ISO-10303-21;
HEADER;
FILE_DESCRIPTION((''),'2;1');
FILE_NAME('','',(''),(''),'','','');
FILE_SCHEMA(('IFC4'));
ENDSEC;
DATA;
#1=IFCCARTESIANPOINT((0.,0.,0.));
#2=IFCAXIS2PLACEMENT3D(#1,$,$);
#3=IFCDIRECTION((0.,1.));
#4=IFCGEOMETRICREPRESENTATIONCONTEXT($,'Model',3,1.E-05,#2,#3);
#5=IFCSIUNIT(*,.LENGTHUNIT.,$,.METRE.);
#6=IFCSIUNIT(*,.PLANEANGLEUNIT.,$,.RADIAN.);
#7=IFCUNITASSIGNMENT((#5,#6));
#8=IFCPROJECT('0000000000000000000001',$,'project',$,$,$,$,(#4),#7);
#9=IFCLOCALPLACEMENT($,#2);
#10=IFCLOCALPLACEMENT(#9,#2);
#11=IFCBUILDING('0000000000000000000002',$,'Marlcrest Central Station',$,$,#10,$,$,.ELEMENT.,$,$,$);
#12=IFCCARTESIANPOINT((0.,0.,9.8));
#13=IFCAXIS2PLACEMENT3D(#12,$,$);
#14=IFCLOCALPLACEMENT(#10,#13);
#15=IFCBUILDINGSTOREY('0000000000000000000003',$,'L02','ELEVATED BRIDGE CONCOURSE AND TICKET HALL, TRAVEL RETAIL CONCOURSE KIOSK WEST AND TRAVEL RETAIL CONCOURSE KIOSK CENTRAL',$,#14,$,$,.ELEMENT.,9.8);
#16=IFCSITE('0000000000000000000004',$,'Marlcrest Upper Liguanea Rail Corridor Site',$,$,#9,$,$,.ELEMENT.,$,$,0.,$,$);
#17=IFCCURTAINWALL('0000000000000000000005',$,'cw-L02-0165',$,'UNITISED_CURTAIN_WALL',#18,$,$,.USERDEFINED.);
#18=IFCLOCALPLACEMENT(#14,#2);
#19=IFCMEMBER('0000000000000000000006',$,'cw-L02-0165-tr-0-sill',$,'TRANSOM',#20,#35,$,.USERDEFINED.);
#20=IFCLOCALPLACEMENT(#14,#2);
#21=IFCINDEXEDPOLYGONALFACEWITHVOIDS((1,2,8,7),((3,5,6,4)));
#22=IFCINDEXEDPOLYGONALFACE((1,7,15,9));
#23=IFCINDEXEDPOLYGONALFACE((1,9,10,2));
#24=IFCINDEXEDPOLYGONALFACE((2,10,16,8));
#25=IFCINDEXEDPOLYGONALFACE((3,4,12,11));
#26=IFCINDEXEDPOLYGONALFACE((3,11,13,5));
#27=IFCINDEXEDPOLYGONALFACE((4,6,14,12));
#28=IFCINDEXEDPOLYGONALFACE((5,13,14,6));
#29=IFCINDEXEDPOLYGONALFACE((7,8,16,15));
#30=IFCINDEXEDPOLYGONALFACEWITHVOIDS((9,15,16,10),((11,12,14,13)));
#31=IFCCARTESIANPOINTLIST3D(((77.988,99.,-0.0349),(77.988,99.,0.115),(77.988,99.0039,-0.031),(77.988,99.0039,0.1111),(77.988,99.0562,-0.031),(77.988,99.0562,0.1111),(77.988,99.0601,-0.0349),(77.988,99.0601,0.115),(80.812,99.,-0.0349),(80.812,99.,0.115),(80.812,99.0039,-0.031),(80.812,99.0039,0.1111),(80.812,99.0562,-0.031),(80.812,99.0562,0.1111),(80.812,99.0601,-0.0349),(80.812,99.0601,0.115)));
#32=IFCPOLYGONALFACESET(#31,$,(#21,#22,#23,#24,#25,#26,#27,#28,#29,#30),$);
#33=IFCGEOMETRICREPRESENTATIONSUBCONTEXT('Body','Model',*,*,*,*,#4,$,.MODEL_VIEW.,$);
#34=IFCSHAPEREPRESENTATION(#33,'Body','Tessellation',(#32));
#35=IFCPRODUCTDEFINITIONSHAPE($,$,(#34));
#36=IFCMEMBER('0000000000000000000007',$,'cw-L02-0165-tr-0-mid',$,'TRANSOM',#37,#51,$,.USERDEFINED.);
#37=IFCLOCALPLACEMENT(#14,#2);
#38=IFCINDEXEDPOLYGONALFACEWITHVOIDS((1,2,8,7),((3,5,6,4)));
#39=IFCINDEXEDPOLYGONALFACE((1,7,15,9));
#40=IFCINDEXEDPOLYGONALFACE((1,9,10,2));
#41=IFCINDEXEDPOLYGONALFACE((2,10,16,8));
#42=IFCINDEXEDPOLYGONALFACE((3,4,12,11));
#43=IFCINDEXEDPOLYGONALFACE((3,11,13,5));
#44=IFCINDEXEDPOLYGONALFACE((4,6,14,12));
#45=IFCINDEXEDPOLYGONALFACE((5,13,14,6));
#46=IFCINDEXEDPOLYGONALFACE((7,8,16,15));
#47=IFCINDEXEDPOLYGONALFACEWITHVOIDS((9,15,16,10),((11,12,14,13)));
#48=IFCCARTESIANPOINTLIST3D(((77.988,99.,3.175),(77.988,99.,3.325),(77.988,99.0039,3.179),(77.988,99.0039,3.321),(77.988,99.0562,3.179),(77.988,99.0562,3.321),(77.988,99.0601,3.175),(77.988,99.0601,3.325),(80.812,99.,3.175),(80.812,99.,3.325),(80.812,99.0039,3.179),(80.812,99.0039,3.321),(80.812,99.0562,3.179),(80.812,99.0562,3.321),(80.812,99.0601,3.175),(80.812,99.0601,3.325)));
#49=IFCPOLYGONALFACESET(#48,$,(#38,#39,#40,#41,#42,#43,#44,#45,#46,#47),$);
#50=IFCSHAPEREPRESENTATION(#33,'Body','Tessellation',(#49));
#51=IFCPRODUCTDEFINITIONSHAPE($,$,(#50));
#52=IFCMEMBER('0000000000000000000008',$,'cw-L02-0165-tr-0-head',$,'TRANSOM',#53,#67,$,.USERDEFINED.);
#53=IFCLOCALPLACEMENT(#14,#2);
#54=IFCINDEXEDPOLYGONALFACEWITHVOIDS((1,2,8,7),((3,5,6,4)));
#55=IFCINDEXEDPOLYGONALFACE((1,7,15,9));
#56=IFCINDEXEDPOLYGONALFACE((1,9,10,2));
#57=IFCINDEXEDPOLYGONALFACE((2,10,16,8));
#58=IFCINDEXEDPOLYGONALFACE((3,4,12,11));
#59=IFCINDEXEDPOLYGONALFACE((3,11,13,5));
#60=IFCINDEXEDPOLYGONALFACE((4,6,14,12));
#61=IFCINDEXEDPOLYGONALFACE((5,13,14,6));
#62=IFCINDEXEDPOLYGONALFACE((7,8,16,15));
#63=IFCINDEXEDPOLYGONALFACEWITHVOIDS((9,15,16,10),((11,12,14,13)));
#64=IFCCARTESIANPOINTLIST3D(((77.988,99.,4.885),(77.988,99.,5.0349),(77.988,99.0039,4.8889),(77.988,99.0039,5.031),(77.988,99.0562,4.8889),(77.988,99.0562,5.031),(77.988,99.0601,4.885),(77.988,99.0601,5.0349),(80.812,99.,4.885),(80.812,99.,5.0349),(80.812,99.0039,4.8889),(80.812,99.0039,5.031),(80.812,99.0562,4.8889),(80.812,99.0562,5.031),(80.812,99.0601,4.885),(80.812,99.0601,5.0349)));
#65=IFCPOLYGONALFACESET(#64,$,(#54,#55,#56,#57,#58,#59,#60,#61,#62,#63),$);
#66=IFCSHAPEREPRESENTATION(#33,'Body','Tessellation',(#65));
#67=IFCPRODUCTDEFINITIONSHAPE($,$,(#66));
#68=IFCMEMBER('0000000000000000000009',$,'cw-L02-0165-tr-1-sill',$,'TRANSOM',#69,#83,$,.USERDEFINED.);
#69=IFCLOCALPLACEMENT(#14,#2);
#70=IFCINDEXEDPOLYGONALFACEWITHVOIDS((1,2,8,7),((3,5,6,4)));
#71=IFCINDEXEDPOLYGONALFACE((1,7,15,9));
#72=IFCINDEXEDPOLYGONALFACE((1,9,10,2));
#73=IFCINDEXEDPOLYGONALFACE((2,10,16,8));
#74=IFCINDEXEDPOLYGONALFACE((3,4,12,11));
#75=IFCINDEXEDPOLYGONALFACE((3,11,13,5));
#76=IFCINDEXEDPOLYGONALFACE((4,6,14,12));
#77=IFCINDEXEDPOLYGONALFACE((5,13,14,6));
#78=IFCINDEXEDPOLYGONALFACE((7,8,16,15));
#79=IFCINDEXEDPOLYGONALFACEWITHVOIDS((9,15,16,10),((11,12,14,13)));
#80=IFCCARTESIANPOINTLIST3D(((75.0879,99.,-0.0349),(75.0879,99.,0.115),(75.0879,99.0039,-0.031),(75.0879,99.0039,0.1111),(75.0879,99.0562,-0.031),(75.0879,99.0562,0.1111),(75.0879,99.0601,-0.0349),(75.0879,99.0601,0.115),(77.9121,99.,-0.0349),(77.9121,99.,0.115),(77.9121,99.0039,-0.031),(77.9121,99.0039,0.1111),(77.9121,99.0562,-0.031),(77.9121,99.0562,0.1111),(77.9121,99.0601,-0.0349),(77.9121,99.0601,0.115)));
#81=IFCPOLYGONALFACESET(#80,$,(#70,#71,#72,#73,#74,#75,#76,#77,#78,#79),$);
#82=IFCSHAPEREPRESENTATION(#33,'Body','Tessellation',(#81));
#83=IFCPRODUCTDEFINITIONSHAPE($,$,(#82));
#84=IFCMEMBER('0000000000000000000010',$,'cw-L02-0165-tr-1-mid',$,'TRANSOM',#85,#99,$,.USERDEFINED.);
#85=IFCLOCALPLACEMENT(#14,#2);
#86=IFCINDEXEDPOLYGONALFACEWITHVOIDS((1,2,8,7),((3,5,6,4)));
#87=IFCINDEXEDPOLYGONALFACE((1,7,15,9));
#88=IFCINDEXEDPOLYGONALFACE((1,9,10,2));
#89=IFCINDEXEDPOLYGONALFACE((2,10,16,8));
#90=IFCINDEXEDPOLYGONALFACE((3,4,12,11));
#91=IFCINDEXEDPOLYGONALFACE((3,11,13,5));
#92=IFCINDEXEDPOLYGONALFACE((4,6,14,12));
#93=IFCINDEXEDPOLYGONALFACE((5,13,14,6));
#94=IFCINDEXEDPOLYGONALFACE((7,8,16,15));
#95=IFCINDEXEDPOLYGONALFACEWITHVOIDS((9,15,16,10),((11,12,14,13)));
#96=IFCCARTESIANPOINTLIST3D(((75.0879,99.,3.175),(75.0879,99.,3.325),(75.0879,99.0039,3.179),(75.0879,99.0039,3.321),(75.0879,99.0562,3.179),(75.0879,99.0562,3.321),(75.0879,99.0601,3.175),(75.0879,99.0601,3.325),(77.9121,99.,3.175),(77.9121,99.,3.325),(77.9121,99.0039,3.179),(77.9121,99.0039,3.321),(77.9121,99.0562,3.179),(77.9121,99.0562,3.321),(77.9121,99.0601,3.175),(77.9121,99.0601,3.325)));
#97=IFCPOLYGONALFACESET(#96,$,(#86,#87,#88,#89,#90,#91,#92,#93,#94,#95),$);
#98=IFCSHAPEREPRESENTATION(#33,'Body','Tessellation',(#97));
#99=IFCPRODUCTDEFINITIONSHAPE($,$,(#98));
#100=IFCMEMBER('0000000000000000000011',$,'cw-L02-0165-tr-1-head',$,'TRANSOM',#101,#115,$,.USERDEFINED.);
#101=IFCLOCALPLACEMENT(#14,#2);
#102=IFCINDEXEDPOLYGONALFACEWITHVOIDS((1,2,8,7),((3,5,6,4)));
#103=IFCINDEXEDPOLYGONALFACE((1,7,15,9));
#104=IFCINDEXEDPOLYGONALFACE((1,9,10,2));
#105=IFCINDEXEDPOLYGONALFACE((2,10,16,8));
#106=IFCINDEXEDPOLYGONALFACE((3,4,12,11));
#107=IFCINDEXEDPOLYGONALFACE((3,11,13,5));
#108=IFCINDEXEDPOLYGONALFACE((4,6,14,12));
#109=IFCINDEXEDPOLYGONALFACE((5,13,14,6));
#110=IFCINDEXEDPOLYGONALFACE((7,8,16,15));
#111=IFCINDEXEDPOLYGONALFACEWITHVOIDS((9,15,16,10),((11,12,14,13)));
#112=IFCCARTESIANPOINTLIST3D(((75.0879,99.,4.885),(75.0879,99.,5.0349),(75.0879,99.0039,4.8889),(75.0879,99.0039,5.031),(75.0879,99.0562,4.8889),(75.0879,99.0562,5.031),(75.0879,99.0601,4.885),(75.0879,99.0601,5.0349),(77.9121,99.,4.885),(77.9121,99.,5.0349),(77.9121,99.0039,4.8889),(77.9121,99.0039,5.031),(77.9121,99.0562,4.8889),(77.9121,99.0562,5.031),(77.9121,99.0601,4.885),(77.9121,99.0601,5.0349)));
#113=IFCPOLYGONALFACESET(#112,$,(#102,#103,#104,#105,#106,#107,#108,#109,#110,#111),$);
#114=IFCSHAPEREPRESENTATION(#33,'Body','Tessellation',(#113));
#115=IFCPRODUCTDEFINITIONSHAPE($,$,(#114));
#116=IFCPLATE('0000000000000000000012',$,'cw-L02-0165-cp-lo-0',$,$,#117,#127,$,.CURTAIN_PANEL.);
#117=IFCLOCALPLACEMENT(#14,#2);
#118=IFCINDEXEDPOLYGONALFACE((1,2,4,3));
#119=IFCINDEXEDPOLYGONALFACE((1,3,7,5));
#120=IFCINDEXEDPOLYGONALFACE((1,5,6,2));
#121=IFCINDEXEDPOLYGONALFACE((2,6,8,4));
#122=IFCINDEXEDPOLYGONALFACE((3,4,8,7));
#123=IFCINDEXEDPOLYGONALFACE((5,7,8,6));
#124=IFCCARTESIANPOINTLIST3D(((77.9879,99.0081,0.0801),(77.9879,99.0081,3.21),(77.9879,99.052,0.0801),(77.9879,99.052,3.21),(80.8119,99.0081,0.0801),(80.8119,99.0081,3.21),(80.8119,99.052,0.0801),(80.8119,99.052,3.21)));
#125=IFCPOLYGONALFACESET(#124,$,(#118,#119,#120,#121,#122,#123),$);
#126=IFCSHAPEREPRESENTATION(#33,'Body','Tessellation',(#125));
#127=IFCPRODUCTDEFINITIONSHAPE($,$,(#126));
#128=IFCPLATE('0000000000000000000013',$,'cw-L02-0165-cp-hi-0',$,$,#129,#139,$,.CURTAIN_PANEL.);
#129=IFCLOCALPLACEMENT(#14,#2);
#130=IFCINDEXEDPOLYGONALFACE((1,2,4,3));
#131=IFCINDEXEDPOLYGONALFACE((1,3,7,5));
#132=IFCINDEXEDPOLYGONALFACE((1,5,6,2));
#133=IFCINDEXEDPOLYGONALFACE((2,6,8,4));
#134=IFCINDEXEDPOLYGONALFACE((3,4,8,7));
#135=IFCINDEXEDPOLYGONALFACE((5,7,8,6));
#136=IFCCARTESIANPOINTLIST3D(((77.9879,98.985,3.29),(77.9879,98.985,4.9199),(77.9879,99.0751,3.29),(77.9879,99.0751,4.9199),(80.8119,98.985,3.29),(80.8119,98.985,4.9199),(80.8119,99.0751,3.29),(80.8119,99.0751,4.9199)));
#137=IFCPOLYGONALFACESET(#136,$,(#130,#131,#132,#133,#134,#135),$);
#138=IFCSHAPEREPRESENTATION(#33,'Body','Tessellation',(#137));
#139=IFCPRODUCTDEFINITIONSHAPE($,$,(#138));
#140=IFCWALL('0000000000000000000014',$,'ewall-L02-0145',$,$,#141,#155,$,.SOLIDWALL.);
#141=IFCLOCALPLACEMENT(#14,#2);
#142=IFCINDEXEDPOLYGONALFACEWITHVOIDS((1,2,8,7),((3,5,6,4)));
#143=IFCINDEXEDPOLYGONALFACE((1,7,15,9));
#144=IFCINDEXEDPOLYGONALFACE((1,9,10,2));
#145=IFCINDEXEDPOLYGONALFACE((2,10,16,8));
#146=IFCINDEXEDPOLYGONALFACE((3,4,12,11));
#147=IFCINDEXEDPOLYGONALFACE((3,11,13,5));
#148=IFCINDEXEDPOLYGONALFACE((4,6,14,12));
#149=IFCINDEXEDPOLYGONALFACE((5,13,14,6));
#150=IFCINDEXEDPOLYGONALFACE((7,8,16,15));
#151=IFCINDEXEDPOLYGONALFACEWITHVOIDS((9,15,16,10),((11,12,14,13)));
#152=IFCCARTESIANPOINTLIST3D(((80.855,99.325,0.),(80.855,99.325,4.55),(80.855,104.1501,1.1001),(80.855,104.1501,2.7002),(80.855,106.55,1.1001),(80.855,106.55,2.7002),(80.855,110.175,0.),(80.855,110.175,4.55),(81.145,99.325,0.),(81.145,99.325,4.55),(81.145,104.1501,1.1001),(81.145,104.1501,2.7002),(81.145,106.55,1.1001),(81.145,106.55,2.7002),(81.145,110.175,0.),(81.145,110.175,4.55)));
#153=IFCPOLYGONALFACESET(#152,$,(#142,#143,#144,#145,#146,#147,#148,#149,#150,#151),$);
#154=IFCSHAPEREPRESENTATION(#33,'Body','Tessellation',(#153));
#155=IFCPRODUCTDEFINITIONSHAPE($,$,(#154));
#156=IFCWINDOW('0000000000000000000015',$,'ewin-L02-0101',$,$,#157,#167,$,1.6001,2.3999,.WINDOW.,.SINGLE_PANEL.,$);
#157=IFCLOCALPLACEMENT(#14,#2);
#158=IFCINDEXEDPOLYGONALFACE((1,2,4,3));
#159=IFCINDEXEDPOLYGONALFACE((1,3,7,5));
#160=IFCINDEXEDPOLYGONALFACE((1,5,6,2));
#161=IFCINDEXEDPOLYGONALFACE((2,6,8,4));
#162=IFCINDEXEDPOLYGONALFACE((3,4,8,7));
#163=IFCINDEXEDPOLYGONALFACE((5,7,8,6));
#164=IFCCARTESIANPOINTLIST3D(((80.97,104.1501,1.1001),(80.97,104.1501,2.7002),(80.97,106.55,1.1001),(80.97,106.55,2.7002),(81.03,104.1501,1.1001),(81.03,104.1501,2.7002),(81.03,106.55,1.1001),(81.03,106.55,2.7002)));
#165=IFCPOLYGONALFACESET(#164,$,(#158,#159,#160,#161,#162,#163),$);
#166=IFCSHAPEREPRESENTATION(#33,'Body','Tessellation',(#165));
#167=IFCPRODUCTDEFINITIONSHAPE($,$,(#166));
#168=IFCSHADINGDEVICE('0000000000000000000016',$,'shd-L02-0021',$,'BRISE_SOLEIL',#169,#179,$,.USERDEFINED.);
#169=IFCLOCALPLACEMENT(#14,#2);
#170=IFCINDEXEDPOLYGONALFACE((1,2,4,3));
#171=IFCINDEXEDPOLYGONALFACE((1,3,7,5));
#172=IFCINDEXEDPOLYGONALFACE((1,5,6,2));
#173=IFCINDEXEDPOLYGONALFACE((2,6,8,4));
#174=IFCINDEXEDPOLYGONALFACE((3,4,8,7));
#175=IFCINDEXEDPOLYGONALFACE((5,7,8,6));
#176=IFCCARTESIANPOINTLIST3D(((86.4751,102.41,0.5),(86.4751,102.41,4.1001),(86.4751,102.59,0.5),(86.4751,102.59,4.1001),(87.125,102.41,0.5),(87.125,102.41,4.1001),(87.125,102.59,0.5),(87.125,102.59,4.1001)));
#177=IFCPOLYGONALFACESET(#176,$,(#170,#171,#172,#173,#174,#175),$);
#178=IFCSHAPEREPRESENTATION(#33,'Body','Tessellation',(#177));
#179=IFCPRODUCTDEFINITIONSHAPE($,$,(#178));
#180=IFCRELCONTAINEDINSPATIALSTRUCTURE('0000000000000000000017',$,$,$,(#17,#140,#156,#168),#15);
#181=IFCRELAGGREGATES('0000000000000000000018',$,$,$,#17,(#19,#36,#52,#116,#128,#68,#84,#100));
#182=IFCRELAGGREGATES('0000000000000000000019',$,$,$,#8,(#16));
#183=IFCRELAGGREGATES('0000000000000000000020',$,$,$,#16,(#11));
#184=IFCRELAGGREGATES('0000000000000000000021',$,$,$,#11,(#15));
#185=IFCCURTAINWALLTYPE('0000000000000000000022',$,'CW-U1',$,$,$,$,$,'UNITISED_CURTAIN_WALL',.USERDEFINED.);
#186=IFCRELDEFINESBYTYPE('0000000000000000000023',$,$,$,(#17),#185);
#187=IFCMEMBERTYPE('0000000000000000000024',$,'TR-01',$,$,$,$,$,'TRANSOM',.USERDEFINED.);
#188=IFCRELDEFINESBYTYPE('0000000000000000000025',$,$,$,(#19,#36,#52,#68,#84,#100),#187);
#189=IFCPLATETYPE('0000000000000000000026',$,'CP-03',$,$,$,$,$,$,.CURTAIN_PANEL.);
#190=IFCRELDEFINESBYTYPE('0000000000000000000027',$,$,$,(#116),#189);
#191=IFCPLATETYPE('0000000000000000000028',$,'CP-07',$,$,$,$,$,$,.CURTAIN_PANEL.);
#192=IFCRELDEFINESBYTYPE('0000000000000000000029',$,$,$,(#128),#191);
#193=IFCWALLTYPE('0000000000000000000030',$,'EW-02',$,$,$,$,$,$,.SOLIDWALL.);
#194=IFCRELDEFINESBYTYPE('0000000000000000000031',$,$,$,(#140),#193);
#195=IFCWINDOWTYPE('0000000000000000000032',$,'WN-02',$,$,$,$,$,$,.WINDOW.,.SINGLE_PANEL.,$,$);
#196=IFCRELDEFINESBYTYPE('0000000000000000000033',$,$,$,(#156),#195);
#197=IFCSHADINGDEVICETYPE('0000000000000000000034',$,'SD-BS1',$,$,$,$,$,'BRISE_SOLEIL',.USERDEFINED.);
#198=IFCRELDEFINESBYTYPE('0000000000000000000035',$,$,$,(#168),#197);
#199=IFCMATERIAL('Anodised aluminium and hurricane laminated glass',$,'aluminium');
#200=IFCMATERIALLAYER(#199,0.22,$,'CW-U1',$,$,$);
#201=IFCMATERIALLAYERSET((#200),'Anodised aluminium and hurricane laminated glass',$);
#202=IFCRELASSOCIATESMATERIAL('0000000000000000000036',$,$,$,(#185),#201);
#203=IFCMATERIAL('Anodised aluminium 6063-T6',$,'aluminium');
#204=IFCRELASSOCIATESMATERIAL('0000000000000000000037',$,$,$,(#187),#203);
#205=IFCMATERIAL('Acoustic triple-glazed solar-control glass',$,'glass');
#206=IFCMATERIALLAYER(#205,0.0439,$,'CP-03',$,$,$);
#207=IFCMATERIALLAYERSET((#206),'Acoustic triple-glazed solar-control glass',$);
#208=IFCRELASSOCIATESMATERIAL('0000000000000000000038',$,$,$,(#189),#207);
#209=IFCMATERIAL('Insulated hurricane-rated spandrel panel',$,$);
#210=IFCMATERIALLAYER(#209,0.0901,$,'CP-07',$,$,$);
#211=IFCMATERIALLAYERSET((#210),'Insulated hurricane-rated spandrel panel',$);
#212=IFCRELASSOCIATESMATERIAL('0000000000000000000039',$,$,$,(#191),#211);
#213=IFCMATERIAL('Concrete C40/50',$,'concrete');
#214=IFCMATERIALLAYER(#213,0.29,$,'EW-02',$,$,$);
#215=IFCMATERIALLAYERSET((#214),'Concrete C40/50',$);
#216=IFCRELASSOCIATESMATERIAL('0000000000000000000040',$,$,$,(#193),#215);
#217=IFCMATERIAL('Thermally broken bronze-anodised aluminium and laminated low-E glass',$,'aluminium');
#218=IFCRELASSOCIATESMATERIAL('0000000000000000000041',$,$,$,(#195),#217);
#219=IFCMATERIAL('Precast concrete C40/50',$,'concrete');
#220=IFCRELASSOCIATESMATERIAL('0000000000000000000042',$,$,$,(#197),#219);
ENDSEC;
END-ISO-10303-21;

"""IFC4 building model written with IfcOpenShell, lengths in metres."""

from ifc_helpers import new_model, si_unit, direction, frame, frame_2d, origin, origin_2d, place, context, subcontext, project, spatial, rectangle, hollow_rectangle, extrude, material, layer, layer_set, material_profile, profile_set, type_object, element, fill, aggregate, save


model = new_model("IFC4")

# Units and contexts
model_context = context("Model", 3, precision=1e-05, world=origin(), true_north=direction((0.0, 1.0)))
body_context = subcontext(model_context, "Body", "Model", "MODEL_VIEW")
ifc_project = project(units=[si_unit("LENGTHUNIT", "METRE"), si_unit("PLANEANGLEUNIT", "RADIAN")], contexts=[model_context])

# Site, building, storey
site_placement = place(None, origin())
site = spatial("IfcSite", under=ifc_project, at=site_placement, Name="Marlcrest Upper Liguanea Rail Corridor Site", CompositionType="ELEMENT", RefElevation=0.0)
building_placement = place(site_placement, origin())
building = spatial("IfcBuilding", under=site, at=building_placement, Name="Marlcrest Central Station", CompositionType="ELEMENT")
storey_placement = place(building_placement, frame((0.0, 0.0, 9.8)))
storey = spatial("IfcBuildingStorey", under=building, at=storey_placement, Name="L02", Description="ELEVATED BRIDGE CONCOURSE AND TICKET HALL, TRAVEL RETAIL CONCOURSE KIOSK WEST AND TRAVEL RETAIL CONCOURSE KIOSK CENTRAL", CompositionType="ELEMENT", Elevation=9.8)

# Shared definitions
ifc_material_1 = material(Name="Anodised aluminium and hurricane laminated glass", Category="aluminium")
ifc_layer_1 = layer(ifc_material_1, 0.22, Name="CW-U1")
ifc_layer_set_1 = layer_set([ifc_layer_1], Name="Anodised aluminium and hurricane laminated glass")
curtain_wall_type = type_object("IfcCurtainWallType", Name="CW-U1", ElementType="UNITISED_CURTAIN_WALL", PredefinedType="USERDEFINED", material=ifc_layer_set_1)
ifc_material_2 = material(Name="Anodised aluminium 6063-T6", Category="aluminium")

# Curtain wall
curtain_wall_1_placement = place(storey_placement, origin())
curtain_wall_1 = element("IfcCurtainWall", 1, at=curtain_wall_1_placement, inside=storey, type_object=curtain_wall_type, Name="cw-L02-0165", ObjectType="UNITISED_CURTAIN_WALL", PredefinedType="USERDEFINED")

# Members
ifc_material_profile_1 = material_profile(ifc_material_2, hollow_rectangle(XDim=0.0601, YDim=0.1499, WallThickness=0.0039, at=origin_2d()), Name="AA-RHS 150x60x4")
ifc_profile_set_1 = profile_set([ifc_material_profile_1], Name="Anodised aluminium 6063-T6")
member_type_1 = type_object("IfcMemberType", Name="TR-01", ElementType="TRANSOM", PredefinedType="USERDEFINED", material=ifc_profile_set_1)
member_1_placement = place(storey_placement, frame((80.812, 99.03, 0.04), z_axis=(-1.0, 0.0, 0.0), x_axis=(0.0, -1.0, 0.0)))
member_1 = element("IfcMember", 2, at=member_1_placement, type_object=member_type_1, Name="cw-L02-0165-tr-0-sill", ObjectType="TRANSOM", PredefinedType="USERDEFINED", context=body_context, shape_type="SweptSolid", body=[
    extrude(hollow_rectangle(XDim=0.0601, YDim=0.1499, WallThickness=0.0039, at=origin_2d()), origin(), (0.0, 0.0, 1.0), 2.824),
])
member_2_placement = place(storey_placement, frame((80.812, 99.03, 3.25), z_axis=(-1.0, 0.0, 0.0), x_axis=(0.0, -1.0, 0.0)))
member_2 = element("IfcMember", 3, at=member_2_placement, type_object=member_type_1, Name="cw-L02-0165-tr-0-mid", ObjectType="TRANSOM", PredefinedType="USERDEFINED", context=body_context, shape_type="SweptSolid", body=[
    extrude(hollow_rectangle(XDim=0.0601, YDim=0.1499, WallThickness=0.0039, at=origin_2d()), origin(), (0.0, 0.0, 1.0), 2.824),
])
member_3_placement = place(storey_placement, frame((80.812, 99.03, 4.96), z_axis=(-1.0, 0.0, 0.0), x_axis=(0.0, -1.0, 0.0)))
member_3 = element("IfcMember", 4, at=member_3_placement, type_object=member_type_1, Name="cw-L02-0165-tr-0-head", ObjectType="TRANSOM", PredefinedType="USERDEFINED", context=body_context, shape_type="SweptSolid", body=[
    extrude(hollow_rectangle(XDim=0.0601, YDim=0.1499, WallThickness=0.0039, at=origin_2d()), origin(), (0.0, 0.0, 1.0), 2.824),
])
member_4_placement = place(storey_placement, frame((77.9121, 99.03, 0.04), z_axis=(-1.0, 0.0, 0.0), x_axis=(0.0, -1.0, 0.0)))
member_4 = element("IfcMember", 5, at=member_4_placement, type_object=member_type_1, Name="cw-L02-0165-tr-1-sill", ObjectType="TRANSOM", PredefinedType="USERDEFINED", context=body_context, shape_type="SweptSolid", body=[
    extrude(hollow_rectangle(XDim=0.0601, YDim=0.1499, WallThickness=0.0039, at=origin_2d()), origin(), (0.0, 0.0, 1.0), 2.8242),
])
member_5_placement = place(storey_placement, frame((77.9121, 99.03, 3.25), z_axis=(-1.0, 0.0, 0.0), x_axis=(0.0, -1.0, 0.0)))
member_5 = element("IfcMember", 6, at=member_5_placement, type_object=member_type_1, Name="cw-L02-0165-tr-1-mid", ObjectType="TRANSOM", PredefinedType="USERDEFINED", context=body_context, shape_type="SweptSolid", body=[
    extrude(hollow_rectangle(XDim=0.0601, YDim=0.1499, WallThickness=0.0039, at=origin_2d()), origin(), (0.0, 0.0, 1.0), 2.8242),
])
member_6_placement = place(storey_placement, frame((77.9121, 99.03, 4.96), z_axis=(-1.0, 0.0, 0.0), x_axis=(0.0, -1.0, 0.0)))
member_6 = element("IfcMember", 7, at=member_6_placement, type_object=member_type_1, Name="cw-L02-0165-tr-1-head", ObjectType="TRANSOM", PredefinedType="USERDEFINED", context=body_context, shape_type="SweptSolid", body=[
    extrude(hollow_rectangle(XDim=0.0601, YDim=0.1499, WallThickness=0.0039, at=origin_2d()), origin(), (0.0, 0.0, 1.0), 2.8242),
])

# Plates
ifc_material_3 = material(Name="Acoustic triple-glazed solar-control glass", Category="glass")
ifc_layer_2 = layer(ifc_material_3, 0.0439, Name="CP-03")
ifc_layer_set_2 = layer_set([ifc_layer_2], Name="Acoustic triple-glazed solar-control glass")
plate_type_1 = type_object("IfcPlateType", Name="CP-03", PredefinedType="CURTAIN_PANEL", material=ifc_layer_set_2)
plate_1_placement = place(storey_placement, frame((79.3999, 99.03, 0.0801), z_axis=(0.0, 0.0, 1.0), x_axis=(-1.0, 0.0, 0.0)))
plate_1 = element("IfcPlate", 8, at=plate_1_placement, type_object=plate_type_1, Name="cw-L02-0165-cp-lo-0", PredefinedType="CURTAIN_PANEL", context=body_context, shape_type="SweptSolid", body=[
    extrude(rectangle(XDim=2.824, YDim=0.0439, at=origin_2d()), origin(), (0.0, 0.0, 1.0), 3.1299),
])
ifc_material_4 = material(Name="Insulated hurricane-rated spandrel panel")
ifc_layer_3 = layer(ifc_material_4, 0.0901, Name="CP-07")
ifc_layer_set_3 = layer_set([ifc_layer_3], Name="Insulated hurricane-rated spandrel panel")
plate_type_2 = type_object("IfcPlateType", Name="CP-07", PredefinedType="CURTAIN_PANEL", material=ifc_layer_set_3)
plate_2_placement = place(storey_placement, frame((79.3999, 99.03, 3.29), z_axis=(0.0, 0.0, 1.0), x_axis=(-1.0, 0.0, 0.0)))
plate_2 = element("IfcPlate", 9, at=plate_2_placement, type_object=plate_type_2, Name="cw-L02-0165-cp-hi-0", PredefinedType="CURTAIN_PANEL", context=body_context, shape_type="SweptSolid", body=[
    extrude(rectangle(XDim=2.824, YDim=0.0901, at=origin_2d()), origin(), (0.0, 0.0, 1.0), 1.6299),
])
aggregate(curtain_wall_1, [member_1, member_2, member_3, plate_1, plate_2, member_4, member_5, member_6])

# Wall, opening, window
ifc_material_5 = material(Name="Concrete C40/50", Category="concrete")
ifc_layer_4 = layer(ifc_material_5, 0.29, Name="EW-02")
ifc_layer_set_4 = layer_set([ifc_layer_4], Name="Concrete C40/50")
wall_type = type_object("IfcWallType", Name="EW-02", PredefinedType="SOLIDWALL", material=ifc_layer_set_4)
wall_placement = place(storey_placement, frame((81.0, 110.175, 0.0), z_axis=(0.0, 0.0, 1.0), x_axis=(0.0, -1.0, 0.0)))
wall = element("IfcWall", 10, at=wall_placement, inside=storey, type_object=wall_type, Name="ewall-L02-0145", PredefinedType="SOLIDWALL", context=body_context, shape_type="SweptSolid", body=[
    extrude(rectangle(XDim=10.8501, YDim=0.29, at=frame_2d((5.425, 0.0))), origin(), (0.0, 0.0, 1.0), 4.55),
])
opening_placement = place(wall_placement, frame((3.625, 0.0, 1.1001)))
opening = element("IfcOpeningElement", 11, at=opening_placement, cuts=wall, PredefinedType="OPENING", context=body_context, shape_type="SweptSolid", body=[
    extrude(rectangle(XDim=2.3999, YDim=1.6001, at=frame_2d((1.2, 0.8))), frame((0.0, 0.155, 0.0), z_axis=(0.0, -1.0, 0.0), x_axis=(1.0, 0.0, 0.0)), (0.0, 0.0, 1.0), 0.3101),
])
ifc_material_6 = material(Name="Thermally broken bronze-anodised aluminium and laminated low-E glass", Category="aluminium")
window_type = type_object("IfcWindowType", Name="WN-02", PartitioningType="SINGLE_PANEL", PredefinedType="WINDOW", material=ifc_material_6)
window_placement = place(opening_placement, origin())
window = element("IfcWindow", 12, at=window_placement, inside=storey, type_object=window_type, Name="ewin-L02-0101", OverallHeight=1.6001, OverallWidth=2.3999, PartitioningType="SINGLE_PANEL", PredefinedType="WINDOW", context=body_context, shape_type="SweptSolid", body=[
    extrude(rectangle(XDim=2.3999, YDim=1.6001, at=frame_2d((1.2, 0.8))), frame((0.0, 0.03, 0.0), z_axis=(0.0, -1.0, 0.0), x_axis=(1.0, 0.0, 0.0)), (0.0, 0.0, 1.0), 0.0601),
])
fill(opening, window)

# Shading device
ifc_material_7 = material(Name="Precast concrete C40/50", Category="concrete")
shading_device_type = type_object("IfcShadingDeviceType", Name="SD-BS1", ElementType="BRISE_SOLEIL", PredefinedType="USERDEFINED", material=ifc_material_7)
shading_device_placement = place(storey_placement, frame((86.8, 102.5, 0.5), z_axis=(0.0, 0.0, 1.0), x_axis=(0.0, 1.0, 0.0)))
element("IfcShadingDevice", 13, at=shading_device_placement, inside=storey, type_object=shading_device_type, Name="shd-L02-0021", ObjectType="BRISE_SOLEIL", PredefinedType="USERDEFINED", context=body_context, shape_type="SweptSolid", body=[
    extrude(rectangle(XDim=0.1799, YDim=0.6499, at=origin_2d()), origin(), (0.0, 0.0, 1.0), 3.6001),
])

save(model, "model.ifc")
